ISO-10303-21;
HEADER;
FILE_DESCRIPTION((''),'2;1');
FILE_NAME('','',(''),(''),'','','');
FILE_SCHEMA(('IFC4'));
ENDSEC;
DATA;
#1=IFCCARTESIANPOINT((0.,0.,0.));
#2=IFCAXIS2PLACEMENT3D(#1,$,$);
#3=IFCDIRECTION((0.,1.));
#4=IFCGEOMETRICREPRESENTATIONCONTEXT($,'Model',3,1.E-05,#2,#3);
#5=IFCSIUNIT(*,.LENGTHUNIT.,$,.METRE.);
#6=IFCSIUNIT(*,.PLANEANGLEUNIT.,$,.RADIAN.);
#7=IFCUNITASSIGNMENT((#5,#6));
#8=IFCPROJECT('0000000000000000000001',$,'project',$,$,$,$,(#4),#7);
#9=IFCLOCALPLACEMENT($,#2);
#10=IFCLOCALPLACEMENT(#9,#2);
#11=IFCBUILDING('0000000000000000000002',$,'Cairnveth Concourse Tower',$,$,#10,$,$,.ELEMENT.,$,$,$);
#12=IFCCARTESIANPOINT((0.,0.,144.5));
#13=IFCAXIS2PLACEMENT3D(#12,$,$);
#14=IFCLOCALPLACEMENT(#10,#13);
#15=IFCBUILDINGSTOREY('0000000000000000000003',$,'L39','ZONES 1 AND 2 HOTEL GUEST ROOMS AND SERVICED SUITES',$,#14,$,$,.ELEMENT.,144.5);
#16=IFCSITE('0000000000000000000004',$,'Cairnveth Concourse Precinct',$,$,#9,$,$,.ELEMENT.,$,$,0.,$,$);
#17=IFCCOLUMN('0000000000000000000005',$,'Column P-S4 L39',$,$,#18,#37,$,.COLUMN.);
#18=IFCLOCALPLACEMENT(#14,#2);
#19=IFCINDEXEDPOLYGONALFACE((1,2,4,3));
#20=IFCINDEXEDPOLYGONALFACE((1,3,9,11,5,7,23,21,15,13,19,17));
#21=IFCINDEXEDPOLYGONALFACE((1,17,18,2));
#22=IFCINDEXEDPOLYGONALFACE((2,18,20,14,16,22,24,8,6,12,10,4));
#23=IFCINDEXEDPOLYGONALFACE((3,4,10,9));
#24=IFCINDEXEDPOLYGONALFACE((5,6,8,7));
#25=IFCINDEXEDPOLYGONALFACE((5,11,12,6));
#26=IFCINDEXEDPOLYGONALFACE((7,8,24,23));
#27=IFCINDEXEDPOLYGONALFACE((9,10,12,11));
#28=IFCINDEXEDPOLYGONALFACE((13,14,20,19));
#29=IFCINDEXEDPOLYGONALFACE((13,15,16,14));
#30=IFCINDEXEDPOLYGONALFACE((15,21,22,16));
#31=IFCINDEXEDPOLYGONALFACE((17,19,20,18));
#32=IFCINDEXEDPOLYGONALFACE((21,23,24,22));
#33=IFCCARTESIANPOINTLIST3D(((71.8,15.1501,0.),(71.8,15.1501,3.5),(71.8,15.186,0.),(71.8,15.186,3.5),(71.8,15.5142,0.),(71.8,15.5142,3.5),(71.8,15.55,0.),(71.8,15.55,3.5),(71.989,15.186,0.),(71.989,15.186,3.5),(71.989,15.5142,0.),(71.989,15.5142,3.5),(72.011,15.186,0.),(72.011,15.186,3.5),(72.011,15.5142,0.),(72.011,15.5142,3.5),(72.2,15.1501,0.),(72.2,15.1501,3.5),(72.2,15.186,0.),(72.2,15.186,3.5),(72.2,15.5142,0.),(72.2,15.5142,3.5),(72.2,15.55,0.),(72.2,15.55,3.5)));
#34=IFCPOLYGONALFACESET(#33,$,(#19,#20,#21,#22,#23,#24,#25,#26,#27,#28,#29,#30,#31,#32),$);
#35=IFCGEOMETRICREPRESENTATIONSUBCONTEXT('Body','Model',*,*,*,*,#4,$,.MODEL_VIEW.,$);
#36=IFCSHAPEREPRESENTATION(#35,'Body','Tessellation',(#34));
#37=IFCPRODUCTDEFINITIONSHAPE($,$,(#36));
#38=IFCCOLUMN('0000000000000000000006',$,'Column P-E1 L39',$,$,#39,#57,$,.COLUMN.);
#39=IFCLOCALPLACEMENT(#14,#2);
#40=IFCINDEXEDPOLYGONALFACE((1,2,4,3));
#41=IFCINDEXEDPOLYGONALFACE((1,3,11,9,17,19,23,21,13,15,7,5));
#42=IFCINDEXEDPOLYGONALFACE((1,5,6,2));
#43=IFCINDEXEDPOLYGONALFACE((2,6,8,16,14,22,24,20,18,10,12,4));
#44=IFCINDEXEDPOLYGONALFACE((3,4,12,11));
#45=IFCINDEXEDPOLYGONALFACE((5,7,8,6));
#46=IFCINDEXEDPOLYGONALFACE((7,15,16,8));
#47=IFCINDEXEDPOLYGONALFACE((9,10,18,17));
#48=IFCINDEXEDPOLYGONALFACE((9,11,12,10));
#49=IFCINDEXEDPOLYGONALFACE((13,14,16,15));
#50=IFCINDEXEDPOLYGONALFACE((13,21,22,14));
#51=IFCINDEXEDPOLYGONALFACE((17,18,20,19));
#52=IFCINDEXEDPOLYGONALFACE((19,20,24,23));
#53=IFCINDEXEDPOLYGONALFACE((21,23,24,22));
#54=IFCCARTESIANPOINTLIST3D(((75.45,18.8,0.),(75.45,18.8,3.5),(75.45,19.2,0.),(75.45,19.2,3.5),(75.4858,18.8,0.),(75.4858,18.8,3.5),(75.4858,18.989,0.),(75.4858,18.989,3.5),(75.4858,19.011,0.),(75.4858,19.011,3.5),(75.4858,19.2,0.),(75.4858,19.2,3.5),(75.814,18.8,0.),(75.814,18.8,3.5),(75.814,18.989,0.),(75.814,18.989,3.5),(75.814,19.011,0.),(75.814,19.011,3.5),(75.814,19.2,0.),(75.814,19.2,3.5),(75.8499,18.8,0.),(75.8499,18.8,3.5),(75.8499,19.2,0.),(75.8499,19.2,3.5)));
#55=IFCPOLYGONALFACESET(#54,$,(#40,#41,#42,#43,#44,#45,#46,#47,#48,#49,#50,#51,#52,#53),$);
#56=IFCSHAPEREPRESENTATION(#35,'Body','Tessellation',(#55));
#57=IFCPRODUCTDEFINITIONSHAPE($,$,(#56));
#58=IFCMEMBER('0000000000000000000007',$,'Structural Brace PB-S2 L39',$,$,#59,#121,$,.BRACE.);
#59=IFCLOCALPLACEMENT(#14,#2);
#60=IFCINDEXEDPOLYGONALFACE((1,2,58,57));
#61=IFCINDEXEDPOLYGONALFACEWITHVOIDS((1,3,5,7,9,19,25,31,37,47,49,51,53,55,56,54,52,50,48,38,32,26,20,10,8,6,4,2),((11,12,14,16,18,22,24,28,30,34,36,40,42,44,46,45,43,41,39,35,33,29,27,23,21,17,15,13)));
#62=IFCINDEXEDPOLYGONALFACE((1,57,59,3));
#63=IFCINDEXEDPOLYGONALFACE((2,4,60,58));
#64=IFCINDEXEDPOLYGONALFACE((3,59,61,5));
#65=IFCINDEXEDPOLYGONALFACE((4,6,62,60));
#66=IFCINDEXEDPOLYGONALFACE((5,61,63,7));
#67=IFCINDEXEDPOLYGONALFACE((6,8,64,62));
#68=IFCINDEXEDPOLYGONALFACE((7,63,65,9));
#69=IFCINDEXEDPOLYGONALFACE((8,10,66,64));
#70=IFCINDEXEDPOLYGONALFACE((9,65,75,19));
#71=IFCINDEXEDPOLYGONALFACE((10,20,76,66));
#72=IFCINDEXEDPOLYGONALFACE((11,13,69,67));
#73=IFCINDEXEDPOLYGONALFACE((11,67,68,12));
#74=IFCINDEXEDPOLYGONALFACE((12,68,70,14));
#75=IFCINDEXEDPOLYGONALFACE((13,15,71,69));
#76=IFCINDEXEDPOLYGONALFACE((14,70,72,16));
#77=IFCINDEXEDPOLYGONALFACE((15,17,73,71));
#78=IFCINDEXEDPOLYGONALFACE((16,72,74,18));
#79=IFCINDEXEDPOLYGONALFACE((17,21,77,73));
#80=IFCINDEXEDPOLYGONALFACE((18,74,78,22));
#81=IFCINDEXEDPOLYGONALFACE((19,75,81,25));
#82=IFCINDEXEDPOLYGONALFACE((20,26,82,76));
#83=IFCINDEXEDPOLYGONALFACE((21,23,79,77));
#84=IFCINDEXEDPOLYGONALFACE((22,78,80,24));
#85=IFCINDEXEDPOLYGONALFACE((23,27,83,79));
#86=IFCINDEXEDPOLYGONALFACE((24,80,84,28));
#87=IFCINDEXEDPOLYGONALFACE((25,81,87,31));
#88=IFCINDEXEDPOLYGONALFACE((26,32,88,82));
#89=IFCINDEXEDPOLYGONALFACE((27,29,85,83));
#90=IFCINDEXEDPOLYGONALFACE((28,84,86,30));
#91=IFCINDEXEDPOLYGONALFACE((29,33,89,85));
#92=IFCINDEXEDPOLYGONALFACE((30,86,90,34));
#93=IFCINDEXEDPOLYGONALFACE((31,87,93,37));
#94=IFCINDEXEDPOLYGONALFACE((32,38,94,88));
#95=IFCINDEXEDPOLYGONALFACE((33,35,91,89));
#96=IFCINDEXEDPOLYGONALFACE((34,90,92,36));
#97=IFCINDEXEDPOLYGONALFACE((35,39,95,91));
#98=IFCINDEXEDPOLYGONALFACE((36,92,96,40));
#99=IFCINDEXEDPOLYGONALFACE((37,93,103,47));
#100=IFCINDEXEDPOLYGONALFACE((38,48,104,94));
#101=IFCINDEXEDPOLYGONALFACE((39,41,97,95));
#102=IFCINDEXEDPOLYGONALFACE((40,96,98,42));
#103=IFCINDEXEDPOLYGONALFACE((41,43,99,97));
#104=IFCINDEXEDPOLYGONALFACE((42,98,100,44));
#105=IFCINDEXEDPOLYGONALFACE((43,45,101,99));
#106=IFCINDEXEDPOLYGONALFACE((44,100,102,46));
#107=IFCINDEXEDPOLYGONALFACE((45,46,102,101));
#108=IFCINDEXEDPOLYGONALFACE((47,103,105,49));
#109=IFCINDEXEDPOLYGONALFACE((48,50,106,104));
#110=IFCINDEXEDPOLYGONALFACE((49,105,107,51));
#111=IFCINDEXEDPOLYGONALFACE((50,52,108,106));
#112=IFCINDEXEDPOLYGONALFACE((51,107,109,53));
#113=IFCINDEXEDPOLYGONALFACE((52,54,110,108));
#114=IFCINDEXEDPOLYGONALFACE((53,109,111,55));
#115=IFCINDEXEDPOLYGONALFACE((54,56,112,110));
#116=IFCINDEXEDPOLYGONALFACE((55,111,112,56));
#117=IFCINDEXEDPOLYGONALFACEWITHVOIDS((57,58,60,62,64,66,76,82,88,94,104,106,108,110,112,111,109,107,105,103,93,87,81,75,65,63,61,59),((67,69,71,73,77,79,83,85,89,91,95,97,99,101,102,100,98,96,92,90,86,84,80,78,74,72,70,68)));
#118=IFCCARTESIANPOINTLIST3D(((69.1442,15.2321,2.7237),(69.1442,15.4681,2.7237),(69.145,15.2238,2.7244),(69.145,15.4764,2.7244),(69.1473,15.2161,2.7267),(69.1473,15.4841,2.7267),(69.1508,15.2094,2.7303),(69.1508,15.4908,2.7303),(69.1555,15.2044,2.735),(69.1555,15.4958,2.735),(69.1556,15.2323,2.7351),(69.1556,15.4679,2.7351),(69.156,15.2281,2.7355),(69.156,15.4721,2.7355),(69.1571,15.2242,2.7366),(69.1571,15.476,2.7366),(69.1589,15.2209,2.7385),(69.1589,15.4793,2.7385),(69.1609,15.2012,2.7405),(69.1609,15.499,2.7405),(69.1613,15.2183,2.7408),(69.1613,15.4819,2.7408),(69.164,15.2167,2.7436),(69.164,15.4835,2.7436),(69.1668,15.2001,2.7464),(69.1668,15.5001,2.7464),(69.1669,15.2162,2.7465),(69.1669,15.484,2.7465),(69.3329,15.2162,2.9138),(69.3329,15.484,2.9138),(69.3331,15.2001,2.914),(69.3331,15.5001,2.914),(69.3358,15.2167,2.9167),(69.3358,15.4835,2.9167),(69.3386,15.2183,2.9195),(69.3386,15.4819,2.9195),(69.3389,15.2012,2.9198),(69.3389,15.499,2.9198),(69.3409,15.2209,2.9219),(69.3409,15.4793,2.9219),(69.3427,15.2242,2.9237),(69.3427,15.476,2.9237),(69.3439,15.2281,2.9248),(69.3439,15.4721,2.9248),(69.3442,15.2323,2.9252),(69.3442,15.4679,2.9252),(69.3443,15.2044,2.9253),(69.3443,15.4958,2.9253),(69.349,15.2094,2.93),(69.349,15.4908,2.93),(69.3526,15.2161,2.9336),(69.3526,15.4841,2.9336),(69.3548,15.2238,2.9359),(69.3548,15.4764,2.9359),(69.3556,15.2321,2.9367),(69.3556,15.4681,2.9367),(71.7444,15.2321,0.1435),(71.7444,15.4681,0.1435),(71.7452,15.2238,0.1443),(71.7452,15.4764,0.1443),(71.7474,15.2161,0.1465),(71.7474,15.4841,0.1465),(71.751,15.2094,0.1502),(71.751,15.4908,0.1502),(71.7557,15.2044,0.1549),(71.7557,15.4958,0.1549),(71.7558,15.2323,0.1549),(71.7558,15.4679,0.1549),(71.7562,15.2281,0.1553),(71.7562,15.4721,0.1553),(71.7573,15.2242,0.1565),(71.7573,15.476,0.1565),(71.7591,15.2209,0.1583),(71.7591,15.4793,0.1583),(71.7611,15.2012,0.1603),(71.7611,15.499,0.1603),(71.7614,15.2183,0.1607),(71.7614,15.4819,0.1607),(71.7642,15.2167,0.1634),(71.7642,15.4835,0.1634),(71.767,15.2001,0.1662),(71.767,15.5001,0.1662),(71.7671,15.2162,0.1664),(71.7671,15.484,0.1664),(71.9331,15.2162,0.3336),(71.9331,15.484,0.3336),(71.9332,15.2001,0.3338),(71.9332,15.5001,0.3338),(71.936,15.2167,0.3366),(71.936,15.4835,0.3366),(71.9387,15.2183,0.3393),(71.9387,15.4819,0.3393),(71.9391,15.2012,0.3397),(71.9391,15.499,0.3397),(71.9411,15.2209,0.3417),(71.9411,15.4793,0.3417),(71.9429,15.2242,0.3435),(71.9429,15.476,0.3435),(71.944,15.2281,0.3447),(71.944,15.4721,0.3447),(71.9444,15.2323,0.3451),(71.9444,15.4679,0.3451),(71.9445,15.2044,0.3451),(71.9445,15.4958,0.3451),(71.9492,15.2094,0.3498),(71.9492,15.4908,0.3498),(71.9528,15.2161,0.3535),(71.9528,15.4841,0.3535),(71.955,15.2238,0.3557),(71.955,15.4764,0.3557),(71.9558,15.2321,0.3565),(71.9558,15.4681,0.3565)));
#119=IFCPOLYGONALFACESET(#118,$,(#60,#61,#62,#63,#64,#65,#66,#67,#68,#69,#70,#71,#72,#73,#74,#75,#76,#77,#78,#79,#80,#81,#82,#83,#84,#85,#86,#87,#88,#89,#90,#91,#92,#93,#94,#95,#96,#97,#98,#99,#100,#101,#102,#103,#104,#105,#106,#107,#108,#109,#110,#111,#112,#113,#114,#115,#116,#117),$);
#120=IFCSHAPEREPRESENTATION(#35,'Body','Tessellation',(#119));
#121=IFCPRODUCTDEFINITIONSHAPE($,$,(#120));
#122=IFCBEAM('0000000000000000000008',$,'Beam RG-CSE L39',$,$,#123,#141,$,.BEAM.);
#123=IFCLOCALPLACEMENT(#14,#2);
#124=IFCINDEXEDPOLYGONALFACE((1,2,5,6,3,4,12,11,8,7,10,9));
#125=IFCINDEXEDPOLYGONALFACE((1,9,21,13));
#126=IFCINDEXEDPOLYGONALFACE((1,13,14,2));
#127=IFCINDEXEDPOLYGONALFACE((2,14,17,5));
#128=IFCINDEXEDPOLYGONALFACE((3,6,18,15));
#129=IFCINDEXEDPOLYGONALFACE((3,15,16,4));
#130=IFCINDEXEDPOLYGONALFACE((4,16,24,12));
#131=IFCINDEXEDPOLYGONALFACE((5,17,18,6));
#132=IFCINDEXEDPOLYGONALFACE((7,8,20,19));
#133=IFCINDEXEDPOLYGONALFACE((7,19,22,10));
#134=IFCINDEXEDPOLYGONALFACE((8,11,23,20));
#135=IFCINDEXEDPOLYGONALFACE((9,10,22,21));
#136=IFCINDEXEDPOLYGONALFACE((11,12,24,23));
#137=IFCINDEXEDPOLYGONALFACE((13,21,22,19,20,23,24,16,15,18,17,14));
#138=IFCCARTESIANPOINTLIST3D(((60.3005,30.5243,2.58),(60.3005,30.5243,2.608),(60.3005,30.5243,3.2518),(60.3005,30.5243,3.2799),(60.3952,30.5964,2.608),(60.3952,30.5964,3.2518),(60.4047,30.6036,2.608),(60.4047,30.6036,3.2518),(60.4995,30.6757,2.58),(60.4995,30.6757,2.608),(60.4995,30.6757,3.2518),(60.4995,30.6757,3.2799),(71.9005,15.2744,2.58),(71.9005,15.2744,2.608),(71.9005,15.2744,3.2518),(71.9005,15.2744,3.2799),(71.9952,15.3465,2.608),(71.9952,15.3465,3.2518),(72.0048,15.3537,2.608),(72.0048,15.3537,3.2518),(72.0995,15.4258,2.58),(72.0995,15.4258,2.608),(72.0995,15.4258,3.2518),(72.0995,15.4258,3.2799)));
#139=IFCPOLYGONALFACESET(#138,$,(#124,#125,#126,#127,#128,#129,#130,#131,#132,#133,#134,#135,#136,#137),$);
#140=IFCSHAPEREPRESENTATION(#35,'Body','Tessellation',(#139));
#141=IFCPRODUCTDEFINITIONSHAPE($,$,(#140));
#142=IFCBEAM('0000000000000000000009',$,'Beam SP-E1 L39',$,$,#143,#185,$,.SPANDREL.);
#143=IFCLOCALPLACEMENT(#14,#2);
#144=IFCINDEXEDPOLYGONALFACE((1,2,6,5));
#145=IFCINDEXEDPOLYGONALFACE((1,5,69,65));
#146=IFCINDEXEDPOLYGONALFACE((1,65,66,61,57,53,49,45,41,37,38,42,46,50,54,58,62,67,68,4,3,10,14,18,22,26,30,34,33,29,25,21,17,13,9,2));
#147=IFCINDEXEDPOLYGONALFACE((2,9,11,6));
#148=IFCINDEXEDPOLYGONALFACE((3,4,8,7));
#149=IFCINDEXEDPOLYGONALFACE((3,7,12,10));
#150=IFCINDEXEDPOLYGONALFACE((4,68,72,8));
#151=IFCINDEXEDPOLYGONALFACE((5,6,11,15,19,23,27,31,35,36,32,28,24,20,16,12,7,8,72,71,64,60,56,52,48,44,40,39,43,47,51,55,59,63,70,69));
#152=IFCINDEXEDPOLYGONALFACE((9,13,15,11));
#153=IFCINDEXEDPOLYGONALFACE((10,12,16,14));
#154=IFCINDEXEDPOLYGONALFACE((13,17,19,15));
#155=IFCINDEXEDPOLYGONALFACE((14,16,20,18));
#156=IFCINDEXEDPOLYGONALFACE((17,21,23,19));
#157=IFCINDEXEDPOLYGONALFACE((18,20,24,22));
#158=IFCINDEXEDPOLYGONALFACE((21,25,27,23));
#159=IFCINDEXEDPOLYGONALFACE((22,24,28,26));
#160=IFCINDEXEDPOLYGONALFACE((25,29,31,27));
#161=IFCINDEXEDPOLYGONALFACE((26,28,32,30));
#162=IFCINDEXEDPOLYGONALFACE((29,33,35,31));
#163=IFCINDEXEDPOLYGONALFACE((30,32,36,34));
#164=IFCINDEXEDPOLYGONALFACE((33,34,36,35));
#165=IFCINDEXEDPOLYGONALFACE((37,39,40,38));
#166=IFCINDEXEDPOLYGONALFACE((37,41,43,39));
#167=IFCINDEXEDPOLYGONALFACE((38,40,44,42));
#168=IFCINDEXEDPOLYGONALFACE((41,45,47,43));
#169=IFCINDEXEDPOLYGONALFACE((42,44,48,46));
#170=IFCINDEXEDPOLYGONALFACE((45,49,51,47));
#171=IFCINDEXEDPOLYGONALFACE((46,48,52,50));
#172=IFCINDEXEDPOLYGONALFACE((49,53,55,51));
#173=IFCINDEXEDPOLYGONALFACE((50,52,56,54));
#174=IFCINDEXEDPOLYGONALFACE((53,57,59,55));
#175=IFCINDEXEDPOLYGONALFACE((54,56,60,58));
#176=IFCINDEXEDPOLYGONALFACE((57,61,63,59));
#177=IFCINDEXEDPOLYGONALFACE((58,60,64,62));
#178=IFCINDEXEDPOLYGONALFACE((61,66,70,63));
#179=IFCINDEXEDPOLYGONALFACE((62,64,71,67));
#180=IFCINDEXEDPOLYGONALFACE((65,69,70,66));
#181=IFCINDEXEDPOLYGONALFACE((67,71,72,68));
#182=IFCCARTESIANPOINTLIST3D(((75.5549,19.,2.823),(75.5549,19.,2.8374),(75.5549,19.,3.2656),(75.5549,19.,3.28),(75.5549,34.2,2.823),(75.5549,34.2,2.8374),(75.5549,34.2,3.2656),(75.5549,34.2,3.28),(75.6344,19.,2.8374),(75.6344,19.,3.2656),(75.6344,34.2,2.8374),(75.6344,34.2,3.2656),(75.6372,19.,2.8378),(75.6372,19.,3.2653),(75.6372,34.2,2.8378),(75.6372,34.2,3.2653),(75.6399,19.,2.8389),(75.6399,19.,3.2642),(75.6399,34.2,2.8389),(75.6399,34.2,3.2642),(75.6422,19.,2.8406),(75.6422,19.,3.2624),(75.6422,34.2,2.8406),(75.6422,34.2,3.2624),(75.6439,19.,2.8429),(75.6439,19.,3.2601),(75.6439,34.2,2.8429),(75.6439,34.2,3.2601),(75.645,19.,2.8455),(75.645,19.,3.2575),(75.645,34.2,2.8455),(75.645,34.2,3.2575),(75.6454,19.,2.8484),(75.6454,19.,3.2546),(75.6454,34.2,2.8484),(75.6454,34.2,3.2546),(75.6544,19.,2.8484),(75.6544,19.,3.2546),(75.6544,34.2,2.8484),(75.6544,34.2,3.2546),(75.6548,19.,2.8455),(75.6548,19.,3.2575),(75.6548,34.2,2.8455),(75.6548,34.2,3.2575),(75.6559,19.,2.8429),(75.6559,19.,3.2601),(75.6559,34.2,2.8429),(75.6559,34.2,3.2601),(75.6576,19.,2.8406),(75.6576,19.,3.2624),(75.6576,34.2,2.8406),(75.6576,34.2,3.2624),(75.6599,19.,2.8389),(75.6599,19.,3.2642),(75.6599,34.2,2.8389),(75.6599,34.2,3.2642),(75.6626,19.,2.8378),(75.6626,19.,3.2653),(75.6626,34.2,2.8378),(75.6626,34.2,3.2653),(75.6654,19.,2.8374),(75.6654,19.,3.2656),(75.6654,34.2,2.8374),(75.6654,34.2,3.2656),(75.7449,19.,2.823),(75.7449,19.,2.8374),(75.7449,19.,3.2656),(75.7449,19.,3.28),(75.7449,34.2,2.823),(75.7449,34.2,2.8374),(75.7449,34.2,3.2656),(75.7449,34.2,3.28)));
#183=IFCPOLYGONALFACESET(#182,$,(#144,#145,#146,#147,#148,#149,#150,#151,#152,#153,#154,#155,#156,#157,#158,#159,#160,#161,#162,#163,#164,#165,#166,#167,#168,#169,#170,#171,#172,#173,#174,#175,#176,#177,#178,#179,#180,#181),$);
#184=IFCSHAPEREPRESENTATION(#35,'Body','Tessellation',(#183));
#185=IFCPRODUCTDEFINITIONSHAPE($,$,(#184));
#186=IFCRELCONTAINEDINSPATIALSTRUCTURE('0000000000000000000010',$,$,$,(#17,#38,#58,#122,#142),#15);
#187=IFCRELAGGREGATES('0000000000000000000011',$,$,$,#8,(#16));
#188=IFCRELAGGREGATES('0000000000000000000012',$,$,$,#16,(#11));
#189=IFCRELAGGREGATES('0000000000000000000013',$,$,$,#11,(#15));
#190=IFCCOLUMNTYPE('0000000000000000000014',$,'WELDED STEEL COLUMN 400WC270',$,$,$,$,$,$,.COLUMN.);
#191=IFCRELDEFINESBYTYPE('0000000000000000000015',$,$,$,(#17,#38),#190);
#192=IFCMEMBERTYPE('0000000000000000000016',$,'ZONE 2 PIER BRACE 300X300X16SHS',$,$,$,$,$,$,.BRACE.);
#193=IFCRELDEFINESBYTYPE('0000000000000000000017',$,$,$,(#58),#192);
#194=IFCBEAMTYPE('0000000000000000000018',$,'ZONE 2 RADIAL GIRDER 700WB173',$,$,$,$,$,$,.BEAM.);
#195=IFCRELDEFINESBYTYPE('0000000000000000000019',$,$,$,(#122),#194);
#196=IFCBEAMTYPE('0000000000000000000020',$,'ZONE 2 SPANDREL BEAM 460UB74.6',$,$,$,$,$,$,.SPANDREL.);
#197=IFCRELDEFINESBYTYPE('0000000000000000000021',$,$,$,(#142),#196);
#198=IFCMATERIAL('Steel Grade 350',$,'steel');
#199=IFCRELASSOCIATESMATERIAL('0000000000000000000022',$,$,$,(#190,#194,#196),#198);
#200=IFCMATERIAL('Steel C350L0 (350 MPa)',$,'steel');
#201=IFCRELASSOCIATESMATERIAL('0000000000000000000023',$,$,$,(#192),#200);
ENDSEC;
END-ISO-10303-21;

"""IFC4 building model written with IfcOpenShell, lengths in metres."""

from ifc_helpers import new_model, si_unit, direction, frame, origin, origin_2d, place, context, subcontext, project, spatial, hollow_rectangle, i_section, extrude, material, material_profile, profile_set, type_object, element, save


model = new_model("IFC4")

# Units and contexts
model_context = context("Model", 3, precision=1e-05, world=origin(), true_north=direction((0.0, 1.0)))
body_context = subcontext(model_context, "Body", "Model", "MODEL_VIEW")
ifc_project = project(units=[si_unit("LENGTHUNIT", "METRE"), si_unit("PLANEANGLEUNIT", "RADIAN")], contexts=[model_context])

# Site, building, storey
site_placement = place(None, origin())
site = spatial("IfcSite", under=ifc_project, at=site_placement, Name="Cairnveth Concourse Precinct", CompositionType="ELEMENT", RefElevation=0.0)
building_placement = place(site_placement, origin())
building = spatial("IfcBuilding", under=site, at=building_placement, Name="Cairnveth Concourse Tower", CompositionType="ELEMENT")
storey_placement = place(building_placement, frame((0.0, 0.0, 144.5)))
storey = spatial("IfcBuildingStorey", under=building, at=storey_placement, Name="L39", Description="ZONES 1 AND 2 HOTEL GUEST ROOMS AND SERVICED SUITES", CompositionType="ELEMENT", Elevation=144.5)

# Columns
ifc_material_1 = material(Name="Steel Grade 350", Category="steel")
ifc_material_profile_1 = material_profile(ifc_material_1, i_section(OverallWidth=0.3999, OverallDepth=0.3999, WebThickness=0.022, FlangeThickness=0.0359, at=origin_2d()), Name="400WC270")
ifc_profile_set_1 = profile_set([ifc_material_profile_1], Name="Steel Grade 350")
column_type = type_object("IfcColumnType", Name="WELDED STEEL COLUMN 400WC270", PredefinedType="COLUMN", material=ifc_profile_set_1)
for number, where, z_axis, x_axis, name in (
    (1, (72.0, 15.3501, 0.0), (0.0, 0.0, 1.0), (1.0, 0.0, 0.0), "Column P-S4 L39"),
    (2, (75.6499, 19.0, 0.0), (0.0, 0.0, 1.0), (0.0, 1.0, 0.0), "Column P-E1 L39"),
):
    element("IfcColumn", number, at=place(storey_placement, frame(where, z_axis=z_axis, x_axis=x_axis)), inside=storey, type_object=column_type, Name=name, PredefinedType="COLUMN", context=body_context, shape_type="SweptSolid", body=[
        extrude(i_section(OverallWidth=0.3999, OverallDepth=0.3999, WebThickness=0.022, FlangeThickness=0.0359, at=origin_2d()), origin(), (0.0, 0.0, 1.0), 3.5),
    ])

# Member
ifc_material_2 = material(Name="Steel C350L0 (350 MPa)", Category="steel")
ifc_material_profile_2 = material_profile(ifc_material_2, hollow_rectangle(XDim=0.3, YDim=0.3, WallThickness=0.0161, InnerFilletRadius=0.0161, OuterFilletRadius=0.032, at=origin_2d()), Name="300x300x16.0SHS")
ifc_profile_set_2 = profile_set([ifc_material_profile_2], Name="Steel C350L0 (350 MPa)")
member_type = type_object("IfcMemberType", Name="ZONE 2 PIER BRACE 300X300X16SHS", PredefinedType="BRACE", material=ifc_profile_set_2)
member_placement = place(storey_placement, frame((71.8501, 15.3501, 0.25), z_axis=(-0.709834, 0.0, 0.704369), x_axis=(0.0, -1.0, 0.0)))
element("IfcMember", 3, at=member_placement, inside=storey, type_object=member_type, Name="Structural Brace PB-S2 L39", PredefinedType="BRACE", context=body_context, shape_type="SweptSolid", body=[
    extrude(hollow_rectangle(XDim=0.3, YDim=0.3, WallThickness=0.0161, InnerFilletRadius=0.0161, OuterFilletRadius=0.032, at=origin_2d()), origin(), (0.0, 0.0, 1.0), 3.6631),
])

# Beams
ifc_material_profile_3 = material_profile(ifc_material_1, i_section(OverallWidth=0.25, OverallDepth=0.7, WebThickness=0.012, FlangeThickness=0.0281, at=origin_2d()), Name="700WB173")
ifc_profile_set_3 = profile_set([ifc_material_profile_3], Name="Steel Grade 350")
beam_type_1 = type_object("IfcBeamType", Name="ZONE 2 RADIAL GIRDER 700WB173", PredefinedType="BEAM", material=ifc_profile_set_3)
beam_1_placement = place(storey_placement, frame((72.0, 15.3501, 2.9299), z_axis=(-0.605417, 0.795908, 0.0), x_axis=(-0.795908, -0.605417, 0.0)))
element("IfcBeam", 4, at=beam_1_placement, inside=storey, type_object=beam_type_1, Name="Beam RG-CSE L39", PredefinedType="BEAM", context=body_context, shape_type="SweptSolid", body=[
    extrude(i_section(OverallWidth=0.25, OverallDepth=0.7, WebThickness=0.012, FlangeThickness=0.0281, at=origin_2d()), origin(), (0.0, 0.0, 1.0), 19.1604),
])
ifc_material_profile_4 = material_profile(ifc_material_1, i_section(OverallWidth=0.1899, OverallDepth=0.457, WebThickness=0.009, FlangeThickness=0.0144, FilletRadius=0.011, at=origin_2d()), Name="460UB74.6")
ifc_profile_set_4 = profile_set([ifc_material_profile_4], Name="Steel Grade 350")
beam_type_2 = type_object("IfcBeamType", Name="ZONE 2 SPANDREL BEAM 460UB74.6", PredefinedType="SPANDREL", material=ifc_profile_set_4)
beam_2_placement = place(storey_placement, frame((75.6499, 19.0, 3.0515), z_axis=(0.0, 1.0, 0.0), x_axis=(-1.0, 0.0, 0.0)))
element("IfcBeam", 5, at=beam_2_placement, inside=storey, type_object=beam_type_2, Name="Beam SP-E1 L39", PredefinedType="SPANDREL", context=body_context, shape_type="SweptSolid", body=[
    extrude(i_section(OverallWidth=0.1899, OverallDepth=0.457, WebThickness=0.009, FlangeThickness=0.0144, FilletRadius=0.011, at=origin_2d()), origin(), (0.0, 0.0, 1.0), 15.2),
])

save(model, "model.ifc")
